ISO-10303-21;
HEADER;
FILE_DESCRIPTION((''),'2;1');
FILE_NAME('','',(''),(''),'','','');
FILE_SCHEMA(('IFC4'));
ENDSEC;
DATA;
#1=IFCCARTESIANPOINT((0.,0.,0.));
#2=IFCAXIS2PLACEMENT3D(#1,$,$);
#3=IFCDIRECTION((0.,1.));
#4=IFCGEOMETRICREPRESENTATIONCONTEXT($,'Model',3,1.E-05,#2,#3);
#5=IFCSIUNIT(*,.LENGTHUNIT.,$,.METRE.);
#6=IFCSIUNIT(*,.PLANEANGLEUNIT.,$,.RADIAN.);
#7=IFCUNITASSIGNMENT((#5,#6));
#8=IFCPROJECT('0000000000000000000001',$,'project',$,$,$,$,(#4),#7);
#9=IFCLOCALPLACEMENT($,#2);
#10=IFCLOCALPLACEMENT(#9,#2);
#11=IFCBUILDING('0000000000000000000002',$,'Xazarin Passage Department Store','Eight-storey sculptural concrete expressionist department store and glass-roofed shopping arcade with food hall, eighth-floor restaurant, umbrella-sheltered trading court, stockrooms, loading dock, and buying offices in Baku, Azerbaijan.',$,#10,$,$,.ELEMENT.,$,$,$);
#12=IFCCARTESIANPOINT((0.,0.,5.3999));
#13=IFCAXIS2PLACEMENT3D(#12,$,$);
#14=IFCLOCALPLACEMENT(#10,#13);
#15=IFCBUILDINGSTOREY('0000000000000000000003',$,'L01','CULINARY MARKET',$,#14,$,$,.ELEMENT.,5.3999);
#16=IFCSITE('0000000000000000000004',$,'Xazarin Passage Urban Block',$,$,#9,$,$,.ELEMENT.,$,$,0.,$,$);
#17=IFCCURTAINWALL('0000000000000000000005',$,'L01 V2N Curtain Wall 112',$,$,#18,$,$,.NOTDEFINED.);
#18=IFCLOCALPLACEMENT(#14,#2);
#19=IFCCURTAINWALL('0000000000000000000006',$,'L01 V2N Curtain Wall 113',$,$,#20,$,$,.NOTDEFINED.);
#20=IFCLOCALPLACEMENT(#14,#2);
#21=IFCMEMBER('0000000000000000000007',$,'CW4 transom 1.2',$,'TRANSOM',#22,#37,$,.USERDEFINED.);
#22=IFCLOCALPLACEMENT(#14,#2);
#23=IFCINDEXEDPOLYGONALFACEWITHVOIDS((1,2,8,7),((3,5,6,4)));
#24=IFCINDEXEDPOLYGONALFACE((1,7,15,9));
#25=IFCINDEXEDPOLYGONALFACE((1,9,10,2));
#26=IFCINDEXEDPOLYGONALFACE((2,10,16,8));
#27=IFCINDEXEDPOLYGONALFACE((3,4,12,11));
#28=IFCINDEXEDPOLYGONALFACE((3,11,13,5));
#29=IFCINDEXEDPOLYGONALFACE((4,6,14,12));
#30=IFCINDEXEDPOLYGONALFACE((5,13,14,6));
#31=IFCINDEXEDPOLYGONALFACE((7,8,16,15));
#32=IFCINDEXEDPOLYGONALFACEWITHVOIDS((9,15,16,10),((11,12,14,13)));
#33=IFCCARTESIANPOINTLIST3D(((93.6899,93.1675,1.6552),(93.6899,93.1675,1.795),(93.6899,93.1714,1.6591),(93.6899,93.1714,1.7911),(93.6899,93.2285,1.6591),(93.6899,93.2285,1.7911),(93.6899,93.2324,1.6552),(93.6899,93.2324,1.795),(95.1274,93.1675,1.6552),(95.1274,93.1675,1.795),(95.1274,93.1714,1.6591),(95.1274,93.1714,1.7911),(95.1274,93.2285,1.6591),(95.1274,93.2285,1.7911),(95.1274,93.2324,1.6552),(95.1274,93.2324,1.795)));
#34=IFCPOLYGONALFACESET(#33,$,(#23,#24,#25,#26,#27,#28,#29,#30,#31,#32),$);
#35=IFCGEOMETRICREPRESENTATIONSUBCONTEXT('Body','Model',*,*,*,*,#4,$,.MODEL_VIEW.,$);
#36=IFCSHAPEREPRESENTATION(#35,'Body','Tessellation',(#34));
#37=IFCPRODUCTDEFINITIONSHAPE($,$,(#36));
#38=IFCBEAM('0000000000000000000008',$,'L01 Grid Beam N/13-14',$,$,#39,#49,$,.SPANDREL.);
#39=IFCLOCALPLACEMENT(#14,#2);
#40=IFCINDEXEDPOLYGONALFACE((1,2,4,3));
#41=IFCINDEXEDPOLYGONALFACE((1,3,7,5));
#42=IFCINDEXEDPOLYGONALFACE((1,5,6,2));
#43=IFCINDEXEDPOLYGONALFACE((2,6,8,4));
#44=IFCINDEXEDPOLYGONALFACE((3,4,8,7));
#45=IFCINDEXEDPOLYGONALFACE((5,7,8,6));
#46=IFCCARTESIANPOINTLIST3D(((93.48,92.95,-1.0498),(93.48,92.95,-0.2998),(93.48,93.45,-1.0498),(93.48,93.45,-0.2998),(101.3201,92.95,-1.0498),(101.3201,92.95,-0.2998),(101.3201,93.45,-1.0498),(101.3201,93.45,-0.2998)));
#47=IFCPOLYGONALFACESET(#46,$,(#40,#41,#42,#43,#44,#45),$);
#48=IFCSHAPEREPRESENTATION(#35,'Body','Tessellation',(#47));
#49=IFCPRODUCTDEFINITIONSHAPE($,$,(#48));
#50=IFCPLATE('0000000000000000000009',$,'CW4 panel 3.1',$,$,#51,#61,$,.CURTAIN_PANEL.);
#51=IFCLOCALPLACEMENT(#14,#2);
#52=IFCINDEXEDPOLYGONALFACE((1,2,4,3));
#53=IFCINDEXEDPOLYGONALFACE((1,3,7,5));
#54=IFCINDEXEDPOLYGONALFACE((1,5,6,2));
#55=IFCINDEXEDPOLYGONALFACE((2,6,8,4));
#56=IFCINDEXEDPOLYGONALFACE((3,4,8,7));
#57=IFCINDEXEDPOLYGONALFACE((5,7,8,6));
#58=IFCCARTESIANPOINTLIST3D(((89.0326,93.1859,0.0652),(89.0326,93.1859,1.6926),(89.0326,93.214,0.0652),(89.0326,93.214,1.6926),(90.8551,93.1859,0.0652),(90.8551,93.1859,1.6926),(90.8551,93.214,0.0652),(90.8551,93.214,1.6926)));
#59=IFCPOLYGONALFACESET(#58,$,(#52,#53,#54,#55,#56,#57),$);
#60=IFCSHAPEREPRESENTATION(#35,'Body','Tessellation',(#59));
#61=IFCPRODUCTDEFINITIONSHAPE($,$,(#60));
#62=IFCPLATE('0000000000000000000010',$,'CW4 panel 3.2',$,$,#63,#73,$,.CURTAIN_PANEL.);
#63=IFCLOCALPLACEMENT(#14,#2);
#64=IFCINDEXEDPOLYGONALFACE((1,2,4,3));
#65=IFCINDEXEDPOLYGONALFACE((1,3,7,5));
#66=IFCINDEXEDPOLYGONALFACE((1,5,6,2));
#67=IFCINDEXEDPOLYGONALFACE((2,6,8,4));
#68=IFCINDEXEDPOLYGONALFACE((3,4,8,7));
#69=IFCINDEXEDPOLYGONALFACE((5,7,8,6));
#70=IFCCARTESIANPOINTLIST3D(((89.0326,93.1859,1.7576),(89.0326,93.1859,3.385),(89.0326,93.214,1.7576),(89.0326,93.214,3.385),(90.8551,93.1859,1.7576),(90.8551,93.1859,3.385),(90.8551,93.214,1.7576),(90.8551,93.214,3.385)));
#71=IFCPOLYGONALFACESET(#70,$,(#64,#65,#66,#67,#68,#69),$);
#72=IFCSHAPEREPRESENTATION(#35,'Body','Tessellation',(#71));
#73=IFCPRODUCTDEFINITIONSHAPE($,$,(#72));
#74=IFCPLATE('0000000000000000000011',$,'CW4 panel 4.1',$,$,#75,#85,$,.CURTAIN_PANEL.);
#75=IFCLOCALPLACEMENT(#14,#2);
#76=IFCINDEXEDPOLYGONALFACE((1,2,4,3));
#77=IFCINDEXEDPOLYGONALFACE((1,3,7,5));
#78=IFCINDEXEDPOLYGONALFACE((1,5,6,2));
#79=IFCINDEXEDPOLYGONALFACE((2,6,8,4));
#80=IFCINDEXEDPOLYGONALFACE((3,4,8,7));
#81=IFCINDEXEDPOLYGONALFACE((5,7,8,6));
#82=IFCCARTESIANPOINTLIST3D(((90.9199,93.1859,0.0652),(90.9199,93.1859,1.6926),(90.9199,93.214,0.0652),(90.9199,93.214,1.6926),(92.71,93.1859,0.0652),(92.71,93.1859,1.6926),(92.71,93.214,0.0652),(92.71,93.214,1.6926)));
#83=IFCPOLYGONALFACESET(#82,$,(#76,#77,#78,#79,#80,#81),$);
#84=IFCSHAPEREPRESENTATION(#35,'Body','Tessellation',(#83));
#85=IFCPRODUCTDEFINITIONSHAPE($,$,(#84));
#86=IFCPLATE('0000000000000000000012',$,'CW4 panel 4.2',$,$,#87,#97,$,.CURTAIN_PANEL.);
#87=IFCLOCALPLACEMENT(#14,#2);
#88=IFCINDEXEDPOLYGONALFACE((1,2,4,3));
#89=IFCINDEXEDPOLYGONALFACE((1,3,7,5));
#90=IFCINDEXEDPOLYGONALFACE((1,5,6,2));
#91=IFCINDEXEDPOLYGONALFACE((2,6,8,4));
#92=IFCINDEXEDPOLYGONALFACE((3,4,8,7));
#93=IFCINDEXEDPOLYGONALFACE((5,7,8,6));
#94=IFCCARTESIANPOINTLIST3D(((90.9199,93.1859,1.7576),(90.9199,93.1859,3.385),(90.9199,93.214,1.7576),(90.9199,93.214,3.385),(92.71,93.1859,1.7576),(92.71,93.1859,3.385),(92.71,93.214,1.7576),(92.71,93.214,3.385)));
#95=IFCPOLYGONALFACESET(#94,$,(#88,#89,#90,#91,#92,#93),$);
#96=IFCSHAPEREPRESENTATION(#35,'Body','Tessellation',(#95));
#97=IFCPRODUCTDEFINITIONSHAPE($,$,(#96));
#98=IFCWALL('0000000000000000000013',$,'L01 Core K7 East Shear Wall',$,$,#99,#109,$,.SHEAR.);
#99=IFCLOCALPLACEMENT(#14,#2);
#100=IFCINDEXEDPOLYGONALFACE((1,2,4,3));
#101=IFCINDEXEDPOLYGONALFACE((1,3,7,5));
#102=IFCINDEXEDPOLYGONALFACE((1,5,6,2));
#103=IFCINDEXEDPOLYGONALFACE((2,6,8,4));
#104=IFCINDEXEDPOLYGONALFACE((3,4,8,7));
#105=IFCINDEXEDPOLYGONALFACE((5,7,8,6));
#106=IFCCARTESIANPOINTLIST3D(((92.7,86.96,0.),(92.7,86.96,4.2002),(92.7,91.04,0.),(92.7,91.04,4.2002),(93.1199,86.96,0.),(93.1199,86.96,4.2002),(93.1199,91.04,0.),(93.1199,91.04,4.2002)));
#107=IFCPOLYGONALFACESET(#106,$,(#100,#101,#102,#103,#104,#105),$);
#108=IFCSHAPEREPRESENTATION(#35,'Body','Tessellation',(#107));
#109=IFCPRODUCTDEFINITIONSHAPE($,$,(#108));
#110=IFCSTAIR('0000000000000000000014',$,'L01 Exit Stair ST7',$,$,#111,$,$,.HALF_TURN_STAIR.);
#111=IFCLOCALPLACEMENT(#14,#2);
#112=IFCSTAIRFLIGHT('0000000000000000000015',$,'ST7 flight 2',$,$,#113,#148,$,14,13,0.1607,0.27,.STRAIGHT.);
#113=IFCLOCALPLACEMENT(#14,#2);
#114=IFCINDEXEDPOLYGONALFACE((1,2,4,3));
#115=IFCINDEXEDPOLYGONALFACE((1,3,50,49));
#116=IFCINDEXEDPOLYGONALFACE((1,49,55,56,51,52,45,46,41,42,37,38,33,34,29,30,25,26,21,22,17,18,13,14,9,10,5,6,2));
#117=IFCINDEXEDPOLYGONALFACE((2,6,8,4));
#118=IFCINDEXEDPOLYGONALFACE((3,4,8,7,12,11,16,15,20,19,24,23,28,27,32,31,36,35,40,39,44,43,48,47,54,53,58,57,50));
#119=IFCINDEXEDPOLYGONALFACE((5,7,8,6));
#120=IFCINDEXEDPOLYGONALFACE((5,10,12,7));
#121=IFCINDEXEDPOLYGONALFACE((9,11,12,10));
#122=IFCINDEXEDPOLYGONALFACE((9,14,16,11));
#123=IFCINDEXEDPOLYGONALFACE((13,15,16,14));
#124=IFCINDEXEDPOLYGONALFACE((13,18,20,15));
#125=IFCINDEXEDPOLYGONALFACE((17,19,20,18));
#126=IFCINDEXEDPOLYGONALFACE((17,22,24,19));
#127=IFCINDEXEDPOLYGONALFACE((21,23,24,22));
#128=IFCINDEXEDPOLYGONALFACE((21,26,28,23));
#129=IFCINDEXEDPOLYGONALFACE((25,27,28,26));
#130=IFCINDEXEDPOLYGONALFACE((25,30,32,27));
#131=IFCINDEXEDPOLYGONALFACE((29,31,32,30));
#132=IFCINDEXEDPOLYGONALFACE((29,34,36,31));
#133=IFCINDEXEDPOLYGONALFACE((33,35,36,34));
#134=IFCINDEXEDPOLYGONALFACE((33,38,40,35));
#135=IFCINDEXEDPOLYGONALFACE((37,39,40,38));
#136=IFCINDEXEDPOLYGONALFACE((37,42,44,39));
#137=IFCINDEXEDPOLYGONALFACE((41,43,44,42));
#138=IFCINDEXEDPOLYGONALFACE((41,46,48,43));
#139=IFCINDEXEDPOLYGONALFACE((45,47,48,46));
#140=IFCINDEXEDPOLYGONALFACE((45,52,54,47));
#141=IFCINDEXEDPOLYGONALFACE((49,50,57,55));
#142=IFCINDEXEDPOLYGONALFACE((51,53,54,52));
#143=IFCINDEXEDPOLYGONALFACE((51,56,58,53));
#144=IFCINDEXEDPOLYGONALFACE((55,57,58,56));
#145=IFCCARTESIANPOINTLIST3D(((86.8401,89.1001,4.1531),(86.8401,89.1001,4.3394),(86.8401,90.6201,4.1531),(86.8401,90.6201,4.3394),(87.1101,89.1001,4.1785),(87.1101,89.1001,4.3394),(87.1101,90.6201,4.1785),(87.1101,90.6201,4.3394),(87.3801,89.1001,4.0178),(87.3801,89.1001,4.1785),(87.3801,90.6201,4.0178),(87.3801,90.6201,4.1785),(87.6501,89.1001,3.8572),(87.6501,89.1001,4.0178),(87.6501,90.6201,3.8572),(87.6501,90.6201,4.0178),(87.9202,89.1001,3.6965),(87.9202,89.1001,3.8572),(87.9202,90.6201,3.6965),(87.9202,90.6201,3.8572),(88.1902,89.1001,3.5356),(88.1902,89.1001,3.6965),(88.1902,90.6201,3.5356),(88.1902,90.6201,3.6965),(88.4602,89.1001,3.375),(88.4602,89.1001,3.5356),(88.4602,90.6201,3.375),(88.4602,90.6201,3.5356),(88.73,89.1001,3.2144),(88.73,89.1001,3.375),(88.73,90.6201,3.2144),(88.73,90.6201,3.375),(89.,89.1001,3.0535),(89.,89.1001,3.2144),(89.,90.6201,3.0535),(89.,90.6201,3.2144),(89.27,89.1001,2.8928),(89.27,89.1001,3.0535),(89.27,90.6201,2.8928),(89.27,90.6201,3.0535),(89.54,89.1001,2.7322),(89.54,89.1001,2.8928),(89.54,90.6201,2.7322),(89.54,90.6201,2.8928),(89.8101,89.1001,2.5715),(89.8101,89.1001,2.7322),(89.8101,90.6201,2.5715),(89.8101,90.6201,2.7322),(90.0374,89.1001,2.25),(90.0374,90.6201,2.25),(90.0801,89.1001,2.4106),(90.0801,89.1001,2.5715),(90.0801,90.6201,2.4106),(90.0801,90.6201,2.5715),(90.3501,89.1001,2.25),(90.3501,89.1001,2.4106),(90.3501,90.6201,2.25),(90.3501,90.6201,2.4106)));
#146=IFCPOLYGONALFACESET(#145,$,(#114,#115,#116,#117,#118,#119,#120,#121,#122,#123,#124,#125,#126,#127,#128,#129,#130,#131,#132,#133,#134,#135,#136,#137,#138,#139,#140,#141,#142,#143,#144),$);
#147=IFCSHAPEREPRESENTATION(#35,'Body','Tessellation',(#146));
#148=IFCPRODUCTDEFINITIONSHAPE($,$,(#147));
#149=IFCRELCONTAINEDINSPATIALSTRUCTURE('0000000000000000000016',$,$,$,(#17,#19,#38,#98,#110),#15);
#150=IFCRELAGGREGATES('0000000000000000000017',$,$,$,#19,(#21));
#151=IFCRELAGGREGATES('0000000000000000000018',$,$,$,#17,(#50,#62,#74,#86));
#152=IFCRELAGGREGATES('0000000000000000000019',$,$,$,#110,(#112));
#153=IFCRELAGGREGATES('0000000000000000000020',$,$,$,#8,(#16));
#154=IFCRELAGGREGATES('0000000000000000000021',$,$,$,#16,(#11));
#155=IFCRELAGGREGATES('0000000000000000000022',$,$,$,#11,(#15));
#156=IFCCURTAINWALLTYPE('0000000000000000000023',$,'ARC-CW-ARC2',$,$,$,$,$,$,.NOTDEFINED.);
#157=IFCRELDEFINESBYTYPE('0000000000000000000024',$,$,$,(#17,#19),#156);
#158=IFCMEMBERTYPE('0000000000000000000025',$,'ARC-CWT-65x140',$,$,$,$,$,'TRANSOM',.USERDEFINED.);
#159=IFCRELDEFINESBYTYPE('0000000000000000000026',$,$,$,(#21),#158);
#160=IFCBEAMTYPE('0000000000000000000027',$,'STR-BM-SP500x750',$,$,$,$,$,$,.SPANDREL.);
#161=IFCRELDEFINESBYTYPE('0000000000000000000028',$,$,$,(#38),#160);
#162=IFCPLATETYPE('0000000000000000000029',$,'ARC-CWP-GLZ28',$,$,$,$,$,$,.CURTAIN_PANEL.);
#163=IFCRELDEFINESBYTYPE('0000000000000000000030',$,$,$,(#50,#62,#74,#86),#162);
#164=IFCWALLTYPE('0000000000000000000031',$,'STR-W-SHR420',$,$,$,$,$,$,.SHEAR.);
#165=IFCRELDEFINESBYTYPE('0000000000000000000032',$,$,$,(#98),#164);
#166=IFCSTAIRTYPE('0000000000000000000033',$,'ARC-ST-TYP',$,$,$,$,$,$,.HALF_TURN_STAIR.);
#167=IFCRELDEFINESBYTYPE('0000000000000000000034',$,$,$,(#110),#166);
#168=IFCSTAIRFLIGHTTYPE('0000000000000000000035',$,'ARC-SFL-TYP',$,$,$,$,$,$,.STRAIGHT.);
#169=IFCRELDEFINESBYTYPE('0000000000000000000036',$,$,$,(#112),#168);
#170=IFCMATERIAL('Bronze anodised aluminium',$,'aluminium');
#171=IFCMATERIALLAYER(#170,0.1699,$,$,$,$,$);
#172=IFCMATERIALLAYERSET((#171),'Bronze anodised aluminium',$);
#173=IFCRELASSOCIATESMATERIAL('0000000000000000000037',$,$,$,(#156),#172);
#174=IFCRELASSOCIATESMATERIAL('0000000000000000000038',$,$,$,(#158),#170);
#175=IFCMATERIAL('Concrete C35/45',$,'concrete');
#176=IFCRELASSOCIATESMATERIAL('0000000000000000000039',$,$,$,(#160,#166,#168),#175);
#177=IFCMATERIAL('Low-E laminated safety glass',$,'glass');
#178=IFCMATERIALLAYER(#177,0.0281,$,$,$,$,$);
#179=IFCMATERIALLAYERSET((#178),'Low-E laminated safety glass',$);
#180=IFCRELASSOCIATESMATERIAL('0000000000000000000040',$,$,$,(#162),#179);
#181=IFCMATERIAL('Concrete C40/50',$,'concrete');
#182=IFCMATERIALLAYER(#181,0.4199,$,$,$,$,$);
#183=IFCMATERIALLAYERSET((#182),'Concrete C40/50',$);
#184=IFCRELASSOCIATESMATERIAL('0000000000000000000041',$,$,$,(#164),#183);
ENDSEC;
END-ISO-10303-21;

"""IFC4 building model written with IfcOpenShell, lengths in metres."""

from ifc_helpers import new_model, si_unit, direction, frame, frame_2d, origin, origin_2d, place, context, subcontext, project, spatial, polyline, rectangle, hollow_rectangle, outline, extrude, material, layer, layer_set, material_profile, profile_set, type_object, element, aggregate, save


model = new_model("IFC4")

# Units and contexts
model_context = context("Model", 3, precision=1e-05, world=origin(), true_north=direction((0.0, 1.0)))
body_context = subcontext(model_context, "Body", "Model", "MODEL_VIEW")
ifc_project = project(units=[si_unit("LENGTHUNIT", "METRE"), si_unit("PLANEANGLEUNIT", "RADIAN")], contexts=[model_context])

# Site, building, storey
site_placement = place(None, origin())
site = spatial("IfcSite", under=ifc_project, at=site_placement, Name="Xazarin Passage Urban Block", CompositionType="ELEMENT", RefElevation=0.0)
building_placement = place(site_placement, origin())
building = spatial("IfcBuilding", under=site, at=building_placement, Name="Xazarin Passage Department Store", Description="Eight-storey sculptural concrete expressionist department store and glass-roofed shopping arcade with food hall, eighth-floor restaurant, umbrella-sheltered trading court, stockrooms, loading dock, and buying offices in Baku, Azerbaijan.", CompositionType="ELEMENT")
storey_placement = place(building_placement, frame((0.0, 0.0, 5.3999)))
storey = spatial("IfcBuildingStorey", under=building, at=storey_placement, Name="L01", Description="CULINARY MARKET", CompositionType="ELEMENT", Elevation=5.3999)

# Shared definitions
ifc_material_1 = material(Name="Concrete C40/50", Category="concrete")

# Curtain wall
ifc_material_2 = material(Name="Bronze anodised aluminium", Category="aluminium")
ifc_layer_1 = layer(ifc_material_2, 0.1699)
ifc_layer_set_1 = layer_set([ifc_layer_1], Name="Bronze anodised aluminium")
curtain_wall_type = type_object("IfcCurtainWallType", Name="ARC-CW-ARC2", PredefinedType="NOTDEFINED", material=ifc_layer_set_1)
curtain_wall_1_placement = place(storey_placement, origin())
curtain_wall_1 = element("IfcCurtainWall", 1, at=curtain_wall_1_placement, inside=storey, type_object=curtain_wall_type, Name="L01 V2N Curtain Wall 112", PredefinedType="NOTDEFINED")

# Curtain wall
curtain_wall_2_placement = place(storey_placement, origin())
curtain_wall_2 = element("IfcCurtainWall", 2, at=curtain_wall_2_placement, inside=storey, type_object=curtain_wall_type, Name="L01 V2N Curtain Wall 113", PredefinedType="NOTDEFINED")

# Member
ifc_material_profile_1 = material_profile(ifc_material_2, hollow_rectangle(XDim=0.0649, YDim=0.1399, WallThickness=0.0039, at=origin_2d()), Name="ALU 65x140")
ifc_profile_set_1 = profile_set([ifc_material_profile_1], Name="Bronze anodised aluminium")
member_type_1 = type_object("IfcMemberType", Name="ARC-CWT-65x140", ElementType="TRANSOM", PredefinedType="USERDEFINED", material=ifc_profile_set_1)
member_1_placement = place(storey_placement, frame((93.6899, 93.2, 1.7251), z_axis=(1.0, 0.0, 0.0), x_axis=(0.0, 1.0, 0.0)))
member_1 = element("IfcMember", 3, at=member_1_placement, type_object=member_type_1, Name="CW4 transom 1.2", ObjectType="TRANSOM", PredefinedType="USERDEFINED", context=body_context, shape_type="SweptSolid", body=[
    extrude(hollow_rectangle(XDim=0.0649, YDim=0.1399, WallThickness=0.0039, at=origin_2d()), origin(), (0.0, 0.0, 1.0), 1.4375),
])
aggregate(curtain_wall_2, [member_1])

# Beam
ifc_material_3 = material(Name="Concrete C35/45", Category="concrete")
ifc_material_profile_2 = material_profile(ifc_material_3, rectangle(XDim=0.5, YDim=0.75, at=origin_2d()), Name="RC 500x750")
ifc_profile_set_2 = profile_set([ifc_material_profile_2], Name="Concrete C35/45")
beam_type = type_object("IfcBeamType", Name="STR-BM-SP500x750", PredefinedType="SPANDREL", material=ifc_profile_set_2)
beam_placement = place(storey_placement, frame((93.48, 93.2, -0.6748), z_axis=(1.0, 0.0, 0.0), x_axis=(0.0, 1.0, 0.0)))
element("IfcBeam", 4, at=beam_placement, inside=storey, type_object=beam_type, Name="L01 Grid Beam N/13-14", PredefinedType="SPANDREL", context=body_context, shape_type="SweptSolid", body=[
    extrude(rectangle(XDim=0.5, YDim=0.75, at=origin_2d()), origin(), (0.0, 0.0, 1.0), 7.8401),
])

# Plates
ifc_material_4 = material(Name="Low-E laminated safety glass", Category="glass")
ifc_layer_2 = layer(ifc_material_4, 0.0281)
ifc_layer_set_2 = layer_set([ifc_layer_2], Name="Low-E laminated safety glass")
plate_type = type_object("IfcPlateType", Name="ARC-CWP-GLZ28", PredefinedType="CURTAIN_PANEL", material=ifc_layer_set_2)
plate_1_placement = place(storey_placement, frame((89.9438, 93.2, 0.0652), z_axis=(0.0, 0.0, 1.0), x_axis=(1.0, 0.0, 0.0)))
plate_1 = element("IfcPlate", 5, at=plate_1_placement, type_object=plate_type, Name="CW4 panel 3.1", PredefinedType="CURTAIN_PANEL", context=body_context, shape_type="SweptSolid", body=[
    extrude(rectangle(XDim=1.8225, YDim=0.0281, at=origin_2d()), origin(), (0.0, 0.0, 1.0), 1.6274),
])
plate_2_placement = place(storey_placement, frame((89.9438, 93.2, 1.7576), z_axis=(0.0, 0.0, 1.0), x_axis=(1.0, 0.0, 0.0)))
plate_2 = element("IfcPlate", 6, at=plate_2_placement, type_object=plate_type, Name="CW4 panel 3.2", PredefinedType="CURTAIN_PANEL", context=body_context, shape_type="SweptSolid", body=[
    extrude(rectangle(XDim=1.8225, YDim=0.0281, at=origin_2d()), origin(), (0.0, 0.0, 1.0), 1.6274),
])
plate_3_placement = place(storey_placement, frame((91.8149, 93.2, 0.0652), z_axis=(0.0, 0.0, 1.0), x_axis=(1.0, 0.0, 0.0)))
plate_3 = element("IfcPlate", 7, at=plate_3_placement, type_object=plate_type, Name="CW4 panel 4.1", PredefinedType="CURTAIN_PANEL", context=body_context, shape_type="SweptSolid", body=[
    extrude(rectangle(XDim=1.79, YDim=0.0281, at=origin_2d()), origin(), (0.0, 0.0, 1.0), 1.6274),
])
plate_4_placement = place(storey_placement, frame((91.8149, 93.2, 1.7576), z_axis=(0.0, 0.0, 1.0), x_axis=(1.0, 0.0, 0.0)))
plate_4 = element("IfcPlate", 8, at=plate_4_placement, type_object=plate_type, Name="CW4 panel 4.2", PredefinedType="CURTAIN_PANEL", context=body_context, shape_type="SweptSolid", body=[
    extrude(rectangle(XDim=1.79, YDim=0.0281, at=origin_2d()), origin(), (0.0, 0.0, 1.0), 1.6274),
])
aggregate(curtain_wall_1, [plate_1, plate_2, plate_3, plate_4])

# Wall
ifc_layer_3 = layer(ifc_material_1, 0.4199)
ifc_layer_set_3 = layer_set([ifc_layer_3], Name="Concrete C40/50")
wall_type = type_object("IfcWallType", Name="STR-W-SHR420", PredefinedType="SHEAR", material=ifc_layer_set_3)
wall_placement = place(storey_placement, frame((92.9099, 86.96, 0.0), z_axis=(0.0, 0.0, 1.0), x_axis=(0.0, 1.0, 0.0)))
element("IfcWall", 9, at=wall_placement, inside=storey, type_object=wall_type, Name="L01 Core K7 East Shear Wall", PredefinedType="SHEAR", context=body_context, shape_type="SweptSolid", body=[
    extrude(rectangle(XDim=4.0801, YDim=0.4199, at=frame_2d((2.04, 0.0))), origin(), (0.0, 0.0, 1.0), 4.2002),
])

# Stair, stair flight
stair_type = type_object("IfcStairType", Name="ARC-ST-TYP", PredefinedType="HALF_TURN_STAIR", material=ifc_material_3)
stair_placement = place(storey_placement, origin())
stair = element("IfcStair", 10, at=stair_placement, inside=storey, type_object=stair_type, Name="L01 Exit Stair ST7", PredefinedType="HALF_TURN_STAIR")
stair_flight_type = type_object("IfcStairFlightType", Name="ARC-SFL-TYP", PredefinedType="STRAIGHT", material=ifc_material_3)
stair_flight_placement = place(storey_placement, frame((90.3501, 89.8601, 2.25), z_axis=(0.0, 0.0, 1.0), x_axis=(-1.0, 0.0, 0.0)))
stair_flight = element("IfcStairFlight", 11, at=stair_flight_placement, type_object=stair_flight_type, Name="ST7 flight 2", NumberOfRisers=14, NumberOfTreads=13, PredefinedType="STRAIGHT", RiserHeight=0.1607, TreadLength=0.27, context=body_context, shape_type="SweptSolid", body=[
    extrude(outline(polyline([(0.0, 0.0), (0.0, 0.1606), (0.27, 0.1606), (0.27, 0.3215), (0.54, 0.3215), (0.54, 0.4822), (0.8101, 0.4822), (0.8101, 0.6428), (1.0801, 0.6428), (1.0801, 0.8035), (1.3501, 0.8035), (1.3501, 0.9644), (1.6201, 0.9644), (1.6201, 1.125), (1.8899, 1.125), (1.8899, 1.2856), (2.1599, 1.2856), (2.1599, 1.4465), (2.4299, 1.4465), (2.4299, 1.6072), (2.7, 1.6072), (2.7, 1.7678), (2.97, 1.7678), (2.97, 1.9285), (3.24, 1.9285), (3.24, 2.0894), (3.51, 2.0894), (3.51, 2.25), (3.51, 1.9031), (0.3127, 0.0), (0.0, 0.0)])), frame((0.0, 0.76, 0.0), z_axis=(0.0, -1.0, 0.0), x_axis=(1.0, 0.0, 0.0)), (0.0, 0.0, 1.0), 1.52),
])
aggregate(stair, [stair_flight])

save(model, "model.ifc")
